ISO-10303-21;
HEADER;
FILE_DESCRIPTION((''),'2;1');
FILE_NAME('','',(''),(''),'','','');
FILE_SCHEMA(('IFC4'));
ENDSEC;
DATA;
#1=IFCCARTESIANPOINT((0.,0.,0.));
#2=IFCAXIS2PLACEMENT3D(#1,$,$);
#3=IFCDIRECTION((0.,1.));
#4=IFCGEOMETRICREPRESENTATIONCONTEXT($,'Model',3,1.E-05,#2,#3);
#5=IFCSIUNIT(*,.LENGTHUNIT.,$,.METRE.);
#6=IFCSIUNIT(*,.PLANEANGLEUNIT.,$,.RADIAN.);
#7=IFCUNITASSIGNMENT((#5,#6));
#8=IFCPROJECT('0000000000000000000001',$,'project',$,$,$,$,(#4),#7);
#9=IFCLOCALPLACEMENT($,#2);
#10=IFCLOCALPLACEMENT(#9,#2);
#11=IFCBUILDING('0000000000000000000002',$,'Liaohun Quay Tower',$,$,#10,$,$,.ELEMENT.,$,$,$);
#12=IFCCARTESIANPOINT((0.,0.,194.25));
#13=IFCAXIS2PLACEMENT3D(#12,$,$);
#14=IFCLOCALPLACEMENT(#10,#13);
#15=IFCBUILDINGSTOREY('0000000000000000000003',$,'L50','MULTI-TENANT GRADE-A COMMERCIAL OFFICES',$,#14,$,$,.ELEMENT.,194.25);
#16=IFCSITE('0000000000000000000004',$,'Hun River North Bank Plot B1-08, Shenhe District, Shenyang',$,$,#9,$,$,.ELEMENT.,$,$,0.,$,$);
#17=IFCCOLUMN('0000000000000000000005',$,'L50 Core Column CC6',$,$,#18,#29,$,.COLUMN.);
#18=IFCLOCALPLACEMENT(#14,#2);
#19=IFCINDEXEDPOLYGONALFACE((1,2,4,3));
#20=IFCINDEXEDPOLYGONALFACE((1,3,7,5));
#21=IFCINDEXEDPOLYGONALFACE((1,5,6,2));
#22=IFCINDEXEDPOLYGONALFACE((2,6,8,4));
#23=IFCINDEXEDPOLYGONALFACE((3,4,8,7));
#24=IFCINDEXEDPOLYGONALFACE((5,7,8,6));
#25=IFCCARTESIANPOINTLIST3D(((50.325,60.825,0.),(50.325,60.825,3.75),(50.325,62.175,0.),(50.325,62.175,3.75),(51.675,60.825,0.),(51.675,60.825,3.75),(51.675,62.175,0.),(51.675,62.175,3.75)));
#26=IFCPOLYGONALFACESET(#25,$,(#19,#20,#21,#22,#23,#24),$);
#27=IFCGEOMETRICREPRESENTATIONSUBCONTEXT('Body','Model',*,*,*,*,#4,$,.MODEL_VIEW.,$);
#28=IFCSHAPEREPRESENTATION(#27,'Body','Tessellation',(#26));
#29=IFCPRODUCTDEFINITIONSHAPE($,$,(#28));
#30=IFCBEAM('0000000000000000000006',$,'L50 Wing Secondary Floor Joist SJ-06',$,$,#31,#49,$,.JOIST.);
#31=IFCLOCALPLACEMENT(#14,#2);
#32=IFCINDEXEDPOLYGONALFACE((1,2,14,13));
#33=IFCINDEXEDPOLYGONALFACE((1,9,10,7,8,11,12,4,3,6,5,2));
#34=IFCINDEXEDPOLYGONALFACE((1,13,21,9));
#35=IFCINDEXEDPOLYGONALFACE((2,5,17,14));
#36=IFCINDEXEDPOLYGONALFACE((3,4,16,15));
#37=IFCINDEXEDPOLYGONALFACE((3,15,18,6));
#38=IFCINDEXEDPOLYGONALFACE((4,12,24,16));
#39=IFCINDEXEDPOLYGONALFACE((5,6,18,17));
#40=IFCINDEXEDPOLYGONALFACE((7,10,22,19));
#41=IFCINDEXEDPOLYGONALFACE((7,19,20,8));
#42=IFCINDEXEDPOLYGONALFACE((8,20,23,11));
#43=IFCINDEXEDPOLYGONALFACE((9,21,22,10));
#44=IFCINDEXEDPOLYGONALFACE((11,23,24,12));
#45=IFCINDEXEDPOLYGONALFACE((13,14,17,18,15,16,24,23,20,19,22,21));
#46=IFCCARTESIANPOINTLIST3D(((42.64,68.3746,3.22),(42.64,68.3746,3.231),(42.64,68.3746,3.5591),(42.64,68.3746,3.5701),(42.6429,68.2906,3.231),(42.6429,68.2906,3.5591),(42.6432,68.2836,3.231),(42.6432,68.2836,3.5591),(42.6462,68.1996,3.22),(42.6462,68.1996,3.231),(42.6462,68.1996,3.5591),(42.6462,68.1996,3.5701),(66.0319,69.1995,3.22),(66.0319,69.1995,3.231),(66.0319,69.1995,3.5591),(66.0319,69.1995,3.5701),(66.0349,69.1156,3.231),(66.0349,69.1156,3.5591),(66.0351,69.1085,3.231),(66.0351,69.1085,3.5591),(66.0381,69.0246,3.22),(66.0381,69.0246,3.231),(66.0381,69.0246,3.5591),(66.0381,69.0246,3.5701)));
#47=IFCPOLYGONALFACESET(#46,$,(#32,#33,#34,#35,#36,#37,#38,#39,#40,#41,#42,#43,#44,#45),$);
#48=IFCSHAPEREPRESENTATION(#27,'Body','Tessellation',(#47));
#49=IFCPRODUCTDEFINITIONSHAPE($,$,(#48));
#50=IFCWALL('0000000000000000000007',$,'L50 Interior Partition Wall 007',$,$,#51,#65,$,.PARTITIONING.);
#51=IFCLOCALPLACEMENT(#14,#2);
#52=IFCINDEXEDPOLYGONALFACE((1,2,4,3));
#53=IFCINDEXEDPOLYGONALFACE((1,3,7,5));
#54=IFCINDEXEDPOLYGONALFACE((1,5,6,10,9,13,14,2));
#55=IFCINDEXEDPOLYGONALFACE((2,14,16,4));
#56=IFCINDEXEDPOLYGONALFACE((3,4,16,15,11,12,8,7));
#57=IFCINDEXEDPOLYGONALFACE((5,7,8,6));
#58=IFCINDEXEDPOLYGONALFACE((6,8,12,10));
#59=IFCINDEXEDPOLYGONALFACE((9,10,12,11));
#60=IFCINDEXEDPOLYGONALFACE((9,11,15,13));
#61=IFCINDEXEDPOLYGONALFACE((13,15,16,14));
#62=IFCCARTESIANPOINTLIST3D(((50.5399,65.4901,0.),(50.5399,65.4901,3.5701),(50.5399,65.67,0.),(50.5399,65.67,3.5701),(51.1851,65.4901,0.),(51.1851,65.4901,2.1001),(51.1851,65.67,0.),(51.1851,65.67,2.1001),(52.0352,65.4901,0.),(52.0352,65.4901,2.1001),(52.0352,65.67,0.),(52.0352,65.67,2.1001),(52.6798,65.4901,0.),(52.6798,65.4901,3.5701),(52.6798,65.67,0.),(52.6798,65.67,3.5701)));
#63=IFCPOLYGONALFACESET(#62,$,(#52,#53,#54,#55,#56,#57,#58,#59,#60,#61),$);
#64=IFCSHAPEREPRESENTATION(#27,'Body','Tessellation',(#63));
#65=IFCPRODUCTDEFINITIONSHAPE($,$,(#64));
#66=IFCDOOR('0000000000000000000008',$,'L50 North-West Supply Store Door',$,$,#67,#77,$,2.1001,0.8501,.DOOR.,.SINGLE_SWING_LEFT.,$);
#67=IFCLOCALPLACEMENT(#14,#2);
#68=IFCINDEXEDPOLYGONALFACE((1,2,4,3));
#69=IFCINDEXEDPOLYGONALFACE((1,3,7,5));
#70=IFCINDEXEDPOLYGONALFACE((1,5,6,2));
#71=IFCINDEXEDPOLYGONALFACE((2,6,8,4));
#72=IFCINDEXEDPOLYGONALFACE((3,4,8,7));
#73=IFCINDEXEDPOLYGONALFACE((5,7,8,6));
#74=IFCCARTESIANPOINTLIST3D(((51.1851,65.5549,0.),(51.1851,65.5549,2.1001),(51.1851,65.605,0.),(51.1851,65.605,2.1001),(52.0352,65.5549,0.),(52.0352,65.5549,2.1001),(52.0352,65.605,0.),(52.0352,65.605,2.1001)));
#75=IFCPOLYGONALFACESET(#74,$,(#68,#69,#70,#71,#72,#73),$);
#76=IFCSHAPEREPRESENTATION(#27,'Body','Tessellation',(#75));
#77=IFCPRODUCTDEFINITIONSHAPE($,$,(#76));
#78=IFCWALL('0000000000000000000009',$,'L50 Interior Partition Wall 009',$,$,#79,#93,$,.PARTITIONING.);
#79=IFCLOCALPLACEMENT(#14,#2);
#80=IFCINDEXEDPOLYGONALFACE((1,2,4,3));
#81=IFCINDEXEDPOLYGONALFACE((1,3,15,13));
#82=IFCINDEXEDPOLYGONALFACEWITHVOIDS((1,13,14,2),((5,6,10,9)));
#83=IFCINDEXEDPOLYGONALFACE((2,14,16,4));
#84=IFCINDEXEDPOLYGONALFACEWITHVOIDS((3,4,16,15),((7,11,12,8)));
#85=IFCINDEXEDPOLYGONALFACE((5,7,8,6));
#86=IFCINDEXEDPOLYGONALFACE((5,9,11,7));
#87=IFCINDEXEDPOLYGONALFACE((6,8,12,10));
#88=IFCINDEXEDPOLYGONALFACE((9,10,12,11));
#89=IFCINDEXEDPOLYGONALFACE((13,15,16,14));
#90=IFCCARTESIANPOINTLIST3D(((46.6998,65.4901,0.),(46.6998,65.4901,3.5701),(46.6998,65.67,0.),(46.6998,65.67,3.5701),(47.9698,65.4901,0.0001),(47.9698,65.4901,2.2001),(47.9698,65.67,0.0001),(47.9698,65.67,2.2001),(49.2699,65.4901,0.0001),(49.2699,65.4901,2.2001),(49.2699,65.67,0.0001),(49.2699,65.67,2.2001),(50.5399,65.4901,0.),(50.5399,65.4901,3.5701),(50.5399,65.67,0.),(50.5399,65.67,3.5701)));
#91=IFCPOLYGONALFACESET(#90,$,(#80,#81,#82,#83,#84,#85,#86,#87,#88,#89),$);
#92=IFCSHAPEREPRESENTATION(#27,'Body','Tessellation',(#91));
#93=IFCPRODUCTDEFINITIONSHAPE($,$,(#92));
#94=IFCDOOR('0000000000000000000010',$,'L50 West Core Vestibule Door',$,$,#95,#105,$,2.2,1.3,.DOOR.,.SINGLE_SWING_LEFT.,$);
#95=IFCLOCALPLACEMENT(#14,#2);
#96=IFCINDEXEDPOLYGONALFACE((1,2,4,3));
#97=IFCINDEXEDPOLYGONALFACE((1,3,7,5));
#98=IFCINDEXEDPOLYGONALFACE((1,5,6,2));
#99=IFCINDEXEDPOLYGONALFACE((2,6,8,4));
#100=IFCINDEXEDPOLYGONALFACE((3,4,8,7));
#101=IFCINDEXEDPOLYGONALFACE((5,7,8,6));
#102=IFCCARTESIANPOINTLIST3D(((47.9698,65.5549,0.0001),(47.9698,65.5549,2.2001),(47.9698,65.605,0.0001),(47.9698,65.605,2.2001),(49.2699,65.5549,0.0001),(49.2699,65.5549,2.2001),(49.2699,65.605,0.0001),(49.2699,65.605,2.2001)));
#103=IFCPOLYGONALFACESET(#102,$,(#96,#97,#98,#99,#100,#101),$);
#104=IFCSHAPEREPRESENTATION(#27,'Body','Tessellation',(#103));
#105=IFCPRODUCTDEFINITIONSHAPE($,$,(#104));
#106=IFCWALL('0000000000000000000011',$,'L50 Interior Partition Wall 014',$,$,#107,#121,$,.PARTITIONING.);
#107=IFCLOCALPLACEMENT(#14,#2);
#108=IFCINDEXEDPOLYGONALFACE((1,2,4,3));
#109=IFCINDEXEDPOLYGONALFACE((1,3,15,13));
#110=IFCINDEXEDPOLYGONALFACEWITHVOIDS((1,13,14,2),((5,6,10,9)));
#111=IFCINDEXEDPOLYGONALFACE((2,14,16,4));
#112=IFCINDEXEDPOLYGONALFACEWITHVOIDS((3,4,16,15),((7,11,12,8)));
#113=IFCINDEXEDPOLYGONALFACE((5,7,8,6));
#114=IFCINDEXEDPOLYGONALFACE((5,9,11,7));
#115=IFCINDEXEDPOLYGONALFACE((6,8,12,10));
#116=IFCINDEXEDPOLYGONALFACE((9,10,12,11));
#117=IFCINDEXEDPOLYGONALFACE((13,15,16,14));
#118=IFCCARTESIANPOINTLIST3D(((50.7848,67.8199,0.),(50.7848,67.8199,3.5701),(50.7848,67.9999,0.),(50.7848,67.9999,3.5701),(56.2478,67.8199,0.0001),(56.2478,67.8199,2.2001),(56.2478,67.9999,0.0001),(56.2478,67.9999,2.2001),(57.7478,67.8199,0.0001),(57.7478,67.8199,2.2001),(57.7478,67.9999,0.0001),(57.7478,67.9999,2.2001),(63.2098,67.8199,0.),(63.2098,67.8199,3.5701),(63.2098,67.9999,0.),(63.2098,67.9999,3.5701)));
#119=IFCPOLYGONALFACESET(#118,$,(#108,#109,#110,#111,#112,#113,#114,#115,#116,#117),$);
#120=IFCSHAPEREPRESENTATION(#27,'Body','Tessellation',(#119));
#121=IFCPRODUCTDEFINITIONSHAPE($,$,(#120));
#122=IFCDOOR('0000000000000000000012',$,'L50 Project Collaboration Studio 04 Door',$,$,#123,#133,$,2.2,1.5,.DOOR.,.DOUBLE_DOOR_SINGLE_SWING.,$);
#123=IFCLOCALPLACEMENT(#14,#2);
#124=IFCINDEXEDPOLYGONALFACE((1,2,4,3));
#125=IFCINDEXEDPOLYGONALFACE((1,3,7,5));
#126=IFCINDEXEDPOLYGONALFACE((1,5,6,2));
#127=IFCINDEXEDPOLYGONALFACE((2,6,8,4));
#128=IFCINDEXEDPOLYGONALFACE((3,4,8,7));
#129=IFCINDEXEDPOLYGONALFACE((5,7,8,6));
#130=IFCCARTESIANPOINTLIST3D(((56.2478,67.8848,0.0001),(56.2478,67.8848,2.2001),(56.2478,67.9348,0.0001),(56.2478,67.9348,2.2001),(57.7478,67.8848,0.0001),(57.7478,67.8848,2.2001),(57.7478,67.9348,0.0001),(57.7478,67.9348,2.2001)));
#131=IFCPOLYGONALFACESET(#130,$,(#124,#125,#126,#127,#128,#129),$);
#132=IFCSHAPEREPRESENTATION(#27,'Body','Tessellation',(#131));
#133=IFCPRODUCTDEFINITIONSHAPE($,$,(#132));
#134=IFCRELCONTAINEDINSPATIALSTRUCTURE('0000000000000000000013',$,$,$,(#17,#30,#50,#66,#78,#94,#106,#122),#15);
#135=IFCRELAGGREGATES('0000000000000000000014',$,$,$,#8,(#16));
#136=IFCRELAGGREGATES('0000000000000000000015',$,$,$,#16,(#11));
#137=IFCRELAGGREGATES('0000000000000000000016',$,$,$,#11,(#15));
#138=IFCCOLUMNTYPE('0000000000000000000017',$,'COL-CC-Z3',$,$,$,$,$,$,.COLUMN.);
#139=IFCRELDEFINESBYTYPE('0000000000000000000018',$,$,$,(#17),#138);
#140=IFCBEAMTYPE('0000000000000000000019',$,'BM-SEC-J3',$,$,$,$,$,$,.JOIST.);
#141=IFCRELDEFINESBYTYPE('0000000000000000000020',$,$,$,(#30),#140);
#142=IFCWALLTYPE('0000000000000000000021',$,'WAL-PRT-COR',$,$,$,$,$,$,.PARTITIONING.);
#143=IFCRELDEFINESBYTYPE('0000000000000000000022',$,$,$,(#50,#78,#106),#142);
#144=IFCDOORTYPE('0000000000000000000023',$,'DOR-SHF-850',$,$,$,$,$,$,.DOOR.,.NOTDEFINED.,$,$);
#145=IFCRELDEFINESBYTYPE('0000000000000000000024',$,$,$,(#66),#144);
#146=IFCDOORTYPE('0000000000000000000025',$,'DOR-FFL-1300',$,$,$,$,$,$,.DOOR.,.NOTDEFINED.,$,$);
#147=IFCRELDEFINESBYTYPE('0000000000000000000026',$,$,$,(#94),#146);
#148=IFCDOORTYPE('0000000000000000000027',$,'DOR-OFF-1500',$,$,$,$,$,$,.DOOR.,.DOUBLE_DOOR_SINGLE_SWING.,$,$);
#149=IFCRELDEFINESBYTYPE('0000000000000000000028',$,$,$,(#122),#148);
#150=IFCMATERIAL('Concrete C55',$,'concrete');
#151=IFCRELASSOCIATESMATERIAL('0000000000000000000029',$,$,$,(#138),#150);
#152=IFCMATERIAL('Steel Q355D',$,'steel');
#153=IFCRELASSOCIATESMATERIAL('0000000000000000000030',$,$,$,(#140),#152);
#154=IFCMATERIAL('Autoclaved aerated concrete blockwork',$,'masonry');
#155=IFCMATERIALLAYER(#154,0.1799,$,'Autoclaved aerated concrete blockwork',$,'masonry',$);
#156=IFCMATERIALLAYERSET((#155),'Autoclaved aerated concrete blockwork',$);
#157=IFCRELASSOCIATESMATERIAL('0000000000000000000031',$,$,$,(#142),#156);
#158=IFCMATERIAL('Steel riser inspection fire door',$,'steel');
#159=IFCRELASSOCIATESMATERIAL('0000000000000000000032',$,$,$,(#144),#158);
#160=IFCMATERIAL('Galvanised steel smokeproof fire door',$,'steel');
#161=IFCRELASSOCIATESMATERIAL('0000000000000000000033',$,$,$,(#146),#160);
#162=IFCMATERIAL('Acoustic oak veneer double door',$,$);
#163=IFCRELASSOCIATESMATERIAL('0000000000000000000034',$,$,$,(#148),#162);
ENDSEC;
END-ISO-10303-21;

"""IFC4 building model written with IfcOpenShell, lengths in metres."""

from ifc_helpers import new_model, si_unit, direction, frame, frame_2d, origin, origin_2d, place, context, subcontext, project, spatial, rectangle, i_section, extrude, source, transform, mapped, material, layer, layer_set, material_profile, profile_set, type_object, element, fill, save


model = new_model("IFC4")

# Units and contexts
model_context = context("Model", 3, precision=1e-05, world=origin(), true_north=direction((0.0, 1.0)))
body_context = subcontext(model_context, "Body", "Model", "MODEL_VIEW")
ifc_project = project(units=[si_unit("LENGTHUNIT", "METRE"), si_unit("PLANEANGLEUNIT", "RADIAN")], contexts=[model_context])

# Site, building, storey
site_placement = place(None, origin())
site = spatial("IfcSite", under=ifc_project, at=site_placement, Name="Hun River North Bank Plot B1-08, Shenhe District, Shenyang", CompositionType="ELEMENT", RefElevation=0.0)
building_placement = place(site_placement, origin())
building = spatial("IfcBuilding", under=site, at=building_placement, Name="Liaohun Quay Tower", CompositionType="ELEMENT")
storey_placement = place(building_placement, frame((0.0, 0.0, 194.25)))
storey = spatial("IfcBuildingStorey", under=building, at=storey_placement, Name="L50", Description="MULTI-TENANT GRADE-A COMMERCIAL OFFICES", CompositionType="ELEMENT", Elevation=194.25)

# Column
ifc_material_1 = material(Name="Concrete C55", Category="concrete")
ifc_material_profile_1 = material_profile(ifc_material_1, rectangle(XDim=1.3501, YDim=1.3501, at=origin_2d()), Name="RC1350x1350")
ifc_profile_set_1 = profile_set([ifc_material_profile_1], Name="Concrete C55")
column_type = type_object("IfcColumnType", Name="COL-CC-Z3", PredefinedType="COLUMN", material=ifc_profile_set_1)
shared_shape_1 = source(origin(), body_context, "Body", "SweptSolid", [
    extrude(rectangle(XDim=1.3501, YDim=1.3501, at=origin_2d()), origin(), (0.0, 0.0, 1.0), 3.75),
])
column_placement = place(storey_placement, frame((51.0, 61.5, 0.0), z_axis=(0.0, 0.0, 1.0), x_axis=(1.0, 0.0, 0.0)))
element("IfcColumn", 1, at=column_placement, inside=storey, type_object=column_type, Name="L50 Core Column CC6", PredefinedType="COLUMN", context=body_context, shape_type="MappedRepresentation", body=[
    mapped(shared_shape_1, transform((0.0, 0.0, 0.0), x_axis=(1.0, 0.0, 0.0), y_axis=(0.0, 1.0, 0.0), z_axis=(0.0, 0.0, 1.0), scale=1.0)),
])

# Beam
ifc_material_2 = material(Name="Steel Q355D", Category="steel")
ifc_material_profile_2 = material_profile(ifc_material_2, i_section(OverallWidth=0.175, OverallDepth=0.3501, WebThickness=0.0071, FlangeThickness=0.011, at=origin_2d()), Name="HN350x175x7x11")
ifc_profile_set_2 = profile_set([ifc_material_profile_2], Name="Steel Q355D")
beam_type = type_object("IfcBeamType", Name="BM-SEC-J3", PredefinedType="JOIST", material=ifc_profile_set_2)
shared_shape_2 = source(origin(), body_context, "Body", "SweptSolid", [
    extrude(i_section(OverallWidth=0.175, OverallDepth=0.3501, WebThickness=0.0071, FlangeThickness=0.011, at=origin_2d()), origin(), (0.0, 0.0, 1.0), 23.4065),
])
beam_placement = place(storey_placement, frame((42.6431, 68.2871, 3.395), z_axis=(0.999379, 0.035245, 0.0), x_axis=(-0.035245, 0.999379, 0.0)))
element("IfcBeam", 2, at=beam_placement, inside=storey, type_object=beam_type, Name="L50 Wing Secondary Floor Joist SJ-06", PredefinedType="JOIST", context=body_context, shape_type="MappedRepresentation", body=[
    mapped(shared_shape_2, transform((0.0, 0.0, 0.0), x_axis=(1.0, 0.0, 0.0), y_axis=(0.0, 1.0, 0.0), z_axis=(0.0, 0.0, 1.0), scale=1.0)),
])

# Walls, openings, doors
ifc_material_3 = material(Name="Autoclaved aerated concrete blockwork", Category="masonry")
ifc_layer_1 = layer(ifc_material_3, 0.1799, Name="Autoclaved aerated concrete blockwork", Category="masonry")
ifc_layer_set_1 = layer_set([ifc_layer_1], Name="Autoclaved aerated concrete blockwork")
wall_type_1 = type_object("IfcWallType", Name="WAL-PRT-COR", PredefinedType="PARTITIONING", material=ifc_layer_set_1)
wall_1_placement = place(storey_placement, frame((50.54, 65.5801, 0.0), z_axis=(0.0, 0.0, 1.0), x_axis=(1.0, 0.0, 0.0)))
wall_1 = element("IfcWall", 3, at=wall_1_placement, inside=storey, type_object=wall_type_1, Name="L50 Interior Partition Wall 007", PredefinedType="PARTITIONING", context=body_context, shape_type="SweptSolid", body=[
    extrude(rectangle(XDim=2.1399, YDim=0.1799, at=frame_2d((1.0698, 0.0))), origin(), (0.0, 0.0, 1.0), 3.5701),
])
shared_shape_3 = source(origin(), body_context, "Body", "SweptSolid", [
    extrude(rectangle(XDim=0.8501, YDim=2.1001, at=frame_2d((0.425, 1.05))), frame((0.0, 0.0999, 0.0), z_axis=(0.0, -1.0, 0.0), x_axis=(1.0, 0.0, 0.0)), (0.0, 0.0, 1.0), 0.2),
])
opening_1_placement = place(wall_1_placement, frame((0.645, 0.0, 0.0)))
opening_1 = element("IfcOpeningElement", 4, at=opening_1_placement, cuts=wall_1, PredefinedType="OPENING", context=body_context, shape_type="MappedRepresentation", body=[
    mapped(shared_shape_3, transform((0.0, 0.0, 0.0), x_axis=(1.0, 0.0, 0.0), y_axis=(0.0, 1.0, 0.0), z_axis=(0.0, 0.0, 1.0), scale=1.0)),
])
ifc_material_4 = material(Name="Steel riser inspection fire door", Category="steel")
door_type_1 = type_object("IfcDoorType", Name="DOR-SHF-850", OperationType="NOTDEFINED", PredefinedType="DOOR", material=ifc_material_4)
shared_shape_4 = source(origin(), body_context, "Body", "SweptSolid", [
    extrude(rectangle(XDim=0.8501, YDim=2.1001, at=frame_2d((0.425, 1.05))), frame((0.0, 0.0249, 0.0), z_axis=(0.0, -1.0, 0.0), x_axis=(1.0, 0.0, 0.0)), (0.0, 0.0, 1.0), 0.05),
])
door_1_placement = place(opening_1_placement, origin())
door_1 = element("IfcDoor", 5, at=door_1_placement, inside=storey, type_object=door_type_1, Name="L50 North-West Supply Store Door", OperationType="SINGLE_SWING_LEFT", OverallHeight=2.1001, OverallWidth=0.8501, PredefinedType="DOOR", context=body_context, shape_type="MappedRepresentation", body=[
    mapped(shared_shape_4, transform((0.0, 0.0, 0.0), x_axis=(1.0, 0.0, 0.0), y_axis=(0.0, 1.0, 0.0), z_axis=(0.0, 0.0, 1.0), scale=1.0)),
])
fill(opening_1, door_1)
wall_2_placement = place(storey_placement, frame((46.7, 65.5801, 0.0), z_axis=(0.0, 0.0, 1.0), x_axis=(1.0, 0.0, 0.0)))
wall_2 = element("IfcWall", 6, at=wall_2_placement, inside=storey, type_object=wall_type_1, Name="L50 Interior Partition Wall 009", PredefinedType="PARTITIONING", context=body_context, shape_type="SweptSolid", body=[
    extrude(rectangle(XDim=3.8401, YDim=0.1799, at=frame_2d((1.9199, 0.0))), origin(), (0.0, 0.0, 1.0), 3.5701),
])
shared_shape_5 = source(origin(), body_context, "Body", "SweptSolid", [
    extrude(rectangle(XDim=1.3, YDim=2.2, at=frame_2d((0.6499, 1.1001))), frame((0.0, 0.0999, 0.0), z_axis=(0.0, -1.0, 0.0), x_axis=(1.0, 0.0, 0.0)), (0.0, 0.0, 1.0), 0.2),
])
opening_2_placement = place(wall_2_placement, frame((1.27, 0.0, 0.0)))
opening_2 = element("IfcOpeningElement", 7, at=opening_2_placement, cuts=wall_2, PredefinedType="OPENING", context=body_context, shape_type="MappedRepresentation", body=[
    mapped(shared_shape_5, transform((0.0, 0.0, 0.0), x_axis=(1.0, 0.0, 0.0), y_axis=(0.0, 1.0, 0.0), z_axis=(0.0, 0.0, 1.0), scale=1.0)),
])
ifc_material_5 = material(Name="Galvanised steel smokeproof fire door", Category="steel")
door_type_2 = type_object("IfcDoorType", Name="DOR-FFL-1300", OperationType="NOTDEFINED", PredefinedType="DOOR", material=ifc_material_5)
shared_shape_6 = source(origin(), body_context, "Body", "SweptSolid", [
    extrude(rectangle(XDim=1.3, YDim=2.2, at=frame_2d((0.6499, 1.1001))), frame((0.0, 0.0249, 0.0), z_axis=(0.0, -1.0, 0.0), x_axis=(1.0, 0.0, 0.0)), (0.0, 0.0, 1.0), 0.05),
])
door_2_placement = place(opening_2_placement, origin())
door_2 = element("IfcDoor", 8, at=door_2_placement, inside=storey, type_object=door_type_2, Name="L50 West Core Vestibule Door", OperationType="SINGLE_SWING_LEFT", OverallHeight=2.2, OverallWidth=1.3, PredefinedType="DOOR", context=body_context, shape_type="MappedRepresentation", body=[
    mapped(shared_shape_6, transform((0.0, 0.0, 0.0), x_axis=(1.0, 0.0, 0.0), y_axis=(0.0, 1.0, 0.0), z_axis=(0.0, 0.0, 1.0), scale=1.0)),
])
fill(opening_2, door_2)
wall_3_placement = place(storey_placement, frame((50.7849, 67.9099, 0.0), z_axis=(0.0, 0.0, 1.0), x_axis=(1.0, 0.0, 0.0)))
wall_3 = element("IfcWall", 9, at=wall_3_placement, inside=storey, type_object=wall_type_1, Name="L50 Interior Partition Wall 014", PredefinedType="PARTITIONING", context=body_context, shape_type="SweptSolid", body=[
    extrude(rectangle(XDim=12.425, YDim=0.1799, at=frame_2d((6.2124, 0.0))), origin(), (0.0, 0.0, 1.0), 3.5701),
])
shared_shape_7 = source(origin(), body_context, "Body", "SweptSolid", [
    extrude(rectangle(XDim=1.5, YDim=2.2, at=frame_2d((0.75, 1.1001))), frame((0.0, 0.0999, 0.0), z_axis=(0.0, -1.0, 0.0), x_axis=(1.0, 0.0, 0.0)), (0.0, 0.0, 1.0), 0.2),
])
opening_3_placement = place(wall_3_placement, frame((5.4629, 0.0, 0.0)))
opening_3 = element("IfcOpeningElement", 10, at=opening_3_placement, cuts=wall_3, PredefinedType="OPENING", context=body_context, shape_type="MappedRepresentation", body=[
    mapped(shared_shape_7, transform((0.0, 0.0, 0.0), x_axis=(1.0, 0.0, 0.0), y_axis=(0.0, 1.0, 0.0), z_axis=(0.0, 0.0, 1.0), scale=1.0)),
])
ifc_material_6 = material(Name="Acoustic oak veneer double door")
door_type_3 = type_object("IfcDoorType", Name="DOR-OFF-1500", OperationType="DOUBLE_DOOR_SINGLE_SWING", PredefinedType="DOOR", material=ifc_material_6)
shared_shape_8 = source(origin(), body_context, "Body", "SweptSolid", [
    extrude(rectangle(XDim=1.5, YDim=2.2, at=frame_2d((0.75, 1.1001))), frame((0.0, 0.0249, 0.0), z_axis=(0.0, -1.0, 0.0), x_axis=(1.0, 0.0, 0.0)), (0.0, 0.0, 1.0), 0.05),
])
door_3_placement = place(opening_3_placement, origin())
door_3 = element("IfcDoor", 11, at=door_3_placement, inside=storey, type_object=door_type_3, Name="L50 Project Collaboration Studio 04 Door", OperationType="DOUBLE_DOOR_SINGLE_SWING", OverallHeight=2.2, OverallWidth=1.5, PredefinedType="DOOR", context=body_context, shape_type="MappedRepresentation", body=[
    mapped(shared_shape_8, transform((0.0, 0.0, 0.0), x_axis=(1.0, 0.0, 0.0), y_axis=(0.0, 1.0, 0.0), z_axis=(0.0, 0.0, 1.0), scale=1.0)),
])
fill(opening_3, door_3)

save(model, "model.ifc")
